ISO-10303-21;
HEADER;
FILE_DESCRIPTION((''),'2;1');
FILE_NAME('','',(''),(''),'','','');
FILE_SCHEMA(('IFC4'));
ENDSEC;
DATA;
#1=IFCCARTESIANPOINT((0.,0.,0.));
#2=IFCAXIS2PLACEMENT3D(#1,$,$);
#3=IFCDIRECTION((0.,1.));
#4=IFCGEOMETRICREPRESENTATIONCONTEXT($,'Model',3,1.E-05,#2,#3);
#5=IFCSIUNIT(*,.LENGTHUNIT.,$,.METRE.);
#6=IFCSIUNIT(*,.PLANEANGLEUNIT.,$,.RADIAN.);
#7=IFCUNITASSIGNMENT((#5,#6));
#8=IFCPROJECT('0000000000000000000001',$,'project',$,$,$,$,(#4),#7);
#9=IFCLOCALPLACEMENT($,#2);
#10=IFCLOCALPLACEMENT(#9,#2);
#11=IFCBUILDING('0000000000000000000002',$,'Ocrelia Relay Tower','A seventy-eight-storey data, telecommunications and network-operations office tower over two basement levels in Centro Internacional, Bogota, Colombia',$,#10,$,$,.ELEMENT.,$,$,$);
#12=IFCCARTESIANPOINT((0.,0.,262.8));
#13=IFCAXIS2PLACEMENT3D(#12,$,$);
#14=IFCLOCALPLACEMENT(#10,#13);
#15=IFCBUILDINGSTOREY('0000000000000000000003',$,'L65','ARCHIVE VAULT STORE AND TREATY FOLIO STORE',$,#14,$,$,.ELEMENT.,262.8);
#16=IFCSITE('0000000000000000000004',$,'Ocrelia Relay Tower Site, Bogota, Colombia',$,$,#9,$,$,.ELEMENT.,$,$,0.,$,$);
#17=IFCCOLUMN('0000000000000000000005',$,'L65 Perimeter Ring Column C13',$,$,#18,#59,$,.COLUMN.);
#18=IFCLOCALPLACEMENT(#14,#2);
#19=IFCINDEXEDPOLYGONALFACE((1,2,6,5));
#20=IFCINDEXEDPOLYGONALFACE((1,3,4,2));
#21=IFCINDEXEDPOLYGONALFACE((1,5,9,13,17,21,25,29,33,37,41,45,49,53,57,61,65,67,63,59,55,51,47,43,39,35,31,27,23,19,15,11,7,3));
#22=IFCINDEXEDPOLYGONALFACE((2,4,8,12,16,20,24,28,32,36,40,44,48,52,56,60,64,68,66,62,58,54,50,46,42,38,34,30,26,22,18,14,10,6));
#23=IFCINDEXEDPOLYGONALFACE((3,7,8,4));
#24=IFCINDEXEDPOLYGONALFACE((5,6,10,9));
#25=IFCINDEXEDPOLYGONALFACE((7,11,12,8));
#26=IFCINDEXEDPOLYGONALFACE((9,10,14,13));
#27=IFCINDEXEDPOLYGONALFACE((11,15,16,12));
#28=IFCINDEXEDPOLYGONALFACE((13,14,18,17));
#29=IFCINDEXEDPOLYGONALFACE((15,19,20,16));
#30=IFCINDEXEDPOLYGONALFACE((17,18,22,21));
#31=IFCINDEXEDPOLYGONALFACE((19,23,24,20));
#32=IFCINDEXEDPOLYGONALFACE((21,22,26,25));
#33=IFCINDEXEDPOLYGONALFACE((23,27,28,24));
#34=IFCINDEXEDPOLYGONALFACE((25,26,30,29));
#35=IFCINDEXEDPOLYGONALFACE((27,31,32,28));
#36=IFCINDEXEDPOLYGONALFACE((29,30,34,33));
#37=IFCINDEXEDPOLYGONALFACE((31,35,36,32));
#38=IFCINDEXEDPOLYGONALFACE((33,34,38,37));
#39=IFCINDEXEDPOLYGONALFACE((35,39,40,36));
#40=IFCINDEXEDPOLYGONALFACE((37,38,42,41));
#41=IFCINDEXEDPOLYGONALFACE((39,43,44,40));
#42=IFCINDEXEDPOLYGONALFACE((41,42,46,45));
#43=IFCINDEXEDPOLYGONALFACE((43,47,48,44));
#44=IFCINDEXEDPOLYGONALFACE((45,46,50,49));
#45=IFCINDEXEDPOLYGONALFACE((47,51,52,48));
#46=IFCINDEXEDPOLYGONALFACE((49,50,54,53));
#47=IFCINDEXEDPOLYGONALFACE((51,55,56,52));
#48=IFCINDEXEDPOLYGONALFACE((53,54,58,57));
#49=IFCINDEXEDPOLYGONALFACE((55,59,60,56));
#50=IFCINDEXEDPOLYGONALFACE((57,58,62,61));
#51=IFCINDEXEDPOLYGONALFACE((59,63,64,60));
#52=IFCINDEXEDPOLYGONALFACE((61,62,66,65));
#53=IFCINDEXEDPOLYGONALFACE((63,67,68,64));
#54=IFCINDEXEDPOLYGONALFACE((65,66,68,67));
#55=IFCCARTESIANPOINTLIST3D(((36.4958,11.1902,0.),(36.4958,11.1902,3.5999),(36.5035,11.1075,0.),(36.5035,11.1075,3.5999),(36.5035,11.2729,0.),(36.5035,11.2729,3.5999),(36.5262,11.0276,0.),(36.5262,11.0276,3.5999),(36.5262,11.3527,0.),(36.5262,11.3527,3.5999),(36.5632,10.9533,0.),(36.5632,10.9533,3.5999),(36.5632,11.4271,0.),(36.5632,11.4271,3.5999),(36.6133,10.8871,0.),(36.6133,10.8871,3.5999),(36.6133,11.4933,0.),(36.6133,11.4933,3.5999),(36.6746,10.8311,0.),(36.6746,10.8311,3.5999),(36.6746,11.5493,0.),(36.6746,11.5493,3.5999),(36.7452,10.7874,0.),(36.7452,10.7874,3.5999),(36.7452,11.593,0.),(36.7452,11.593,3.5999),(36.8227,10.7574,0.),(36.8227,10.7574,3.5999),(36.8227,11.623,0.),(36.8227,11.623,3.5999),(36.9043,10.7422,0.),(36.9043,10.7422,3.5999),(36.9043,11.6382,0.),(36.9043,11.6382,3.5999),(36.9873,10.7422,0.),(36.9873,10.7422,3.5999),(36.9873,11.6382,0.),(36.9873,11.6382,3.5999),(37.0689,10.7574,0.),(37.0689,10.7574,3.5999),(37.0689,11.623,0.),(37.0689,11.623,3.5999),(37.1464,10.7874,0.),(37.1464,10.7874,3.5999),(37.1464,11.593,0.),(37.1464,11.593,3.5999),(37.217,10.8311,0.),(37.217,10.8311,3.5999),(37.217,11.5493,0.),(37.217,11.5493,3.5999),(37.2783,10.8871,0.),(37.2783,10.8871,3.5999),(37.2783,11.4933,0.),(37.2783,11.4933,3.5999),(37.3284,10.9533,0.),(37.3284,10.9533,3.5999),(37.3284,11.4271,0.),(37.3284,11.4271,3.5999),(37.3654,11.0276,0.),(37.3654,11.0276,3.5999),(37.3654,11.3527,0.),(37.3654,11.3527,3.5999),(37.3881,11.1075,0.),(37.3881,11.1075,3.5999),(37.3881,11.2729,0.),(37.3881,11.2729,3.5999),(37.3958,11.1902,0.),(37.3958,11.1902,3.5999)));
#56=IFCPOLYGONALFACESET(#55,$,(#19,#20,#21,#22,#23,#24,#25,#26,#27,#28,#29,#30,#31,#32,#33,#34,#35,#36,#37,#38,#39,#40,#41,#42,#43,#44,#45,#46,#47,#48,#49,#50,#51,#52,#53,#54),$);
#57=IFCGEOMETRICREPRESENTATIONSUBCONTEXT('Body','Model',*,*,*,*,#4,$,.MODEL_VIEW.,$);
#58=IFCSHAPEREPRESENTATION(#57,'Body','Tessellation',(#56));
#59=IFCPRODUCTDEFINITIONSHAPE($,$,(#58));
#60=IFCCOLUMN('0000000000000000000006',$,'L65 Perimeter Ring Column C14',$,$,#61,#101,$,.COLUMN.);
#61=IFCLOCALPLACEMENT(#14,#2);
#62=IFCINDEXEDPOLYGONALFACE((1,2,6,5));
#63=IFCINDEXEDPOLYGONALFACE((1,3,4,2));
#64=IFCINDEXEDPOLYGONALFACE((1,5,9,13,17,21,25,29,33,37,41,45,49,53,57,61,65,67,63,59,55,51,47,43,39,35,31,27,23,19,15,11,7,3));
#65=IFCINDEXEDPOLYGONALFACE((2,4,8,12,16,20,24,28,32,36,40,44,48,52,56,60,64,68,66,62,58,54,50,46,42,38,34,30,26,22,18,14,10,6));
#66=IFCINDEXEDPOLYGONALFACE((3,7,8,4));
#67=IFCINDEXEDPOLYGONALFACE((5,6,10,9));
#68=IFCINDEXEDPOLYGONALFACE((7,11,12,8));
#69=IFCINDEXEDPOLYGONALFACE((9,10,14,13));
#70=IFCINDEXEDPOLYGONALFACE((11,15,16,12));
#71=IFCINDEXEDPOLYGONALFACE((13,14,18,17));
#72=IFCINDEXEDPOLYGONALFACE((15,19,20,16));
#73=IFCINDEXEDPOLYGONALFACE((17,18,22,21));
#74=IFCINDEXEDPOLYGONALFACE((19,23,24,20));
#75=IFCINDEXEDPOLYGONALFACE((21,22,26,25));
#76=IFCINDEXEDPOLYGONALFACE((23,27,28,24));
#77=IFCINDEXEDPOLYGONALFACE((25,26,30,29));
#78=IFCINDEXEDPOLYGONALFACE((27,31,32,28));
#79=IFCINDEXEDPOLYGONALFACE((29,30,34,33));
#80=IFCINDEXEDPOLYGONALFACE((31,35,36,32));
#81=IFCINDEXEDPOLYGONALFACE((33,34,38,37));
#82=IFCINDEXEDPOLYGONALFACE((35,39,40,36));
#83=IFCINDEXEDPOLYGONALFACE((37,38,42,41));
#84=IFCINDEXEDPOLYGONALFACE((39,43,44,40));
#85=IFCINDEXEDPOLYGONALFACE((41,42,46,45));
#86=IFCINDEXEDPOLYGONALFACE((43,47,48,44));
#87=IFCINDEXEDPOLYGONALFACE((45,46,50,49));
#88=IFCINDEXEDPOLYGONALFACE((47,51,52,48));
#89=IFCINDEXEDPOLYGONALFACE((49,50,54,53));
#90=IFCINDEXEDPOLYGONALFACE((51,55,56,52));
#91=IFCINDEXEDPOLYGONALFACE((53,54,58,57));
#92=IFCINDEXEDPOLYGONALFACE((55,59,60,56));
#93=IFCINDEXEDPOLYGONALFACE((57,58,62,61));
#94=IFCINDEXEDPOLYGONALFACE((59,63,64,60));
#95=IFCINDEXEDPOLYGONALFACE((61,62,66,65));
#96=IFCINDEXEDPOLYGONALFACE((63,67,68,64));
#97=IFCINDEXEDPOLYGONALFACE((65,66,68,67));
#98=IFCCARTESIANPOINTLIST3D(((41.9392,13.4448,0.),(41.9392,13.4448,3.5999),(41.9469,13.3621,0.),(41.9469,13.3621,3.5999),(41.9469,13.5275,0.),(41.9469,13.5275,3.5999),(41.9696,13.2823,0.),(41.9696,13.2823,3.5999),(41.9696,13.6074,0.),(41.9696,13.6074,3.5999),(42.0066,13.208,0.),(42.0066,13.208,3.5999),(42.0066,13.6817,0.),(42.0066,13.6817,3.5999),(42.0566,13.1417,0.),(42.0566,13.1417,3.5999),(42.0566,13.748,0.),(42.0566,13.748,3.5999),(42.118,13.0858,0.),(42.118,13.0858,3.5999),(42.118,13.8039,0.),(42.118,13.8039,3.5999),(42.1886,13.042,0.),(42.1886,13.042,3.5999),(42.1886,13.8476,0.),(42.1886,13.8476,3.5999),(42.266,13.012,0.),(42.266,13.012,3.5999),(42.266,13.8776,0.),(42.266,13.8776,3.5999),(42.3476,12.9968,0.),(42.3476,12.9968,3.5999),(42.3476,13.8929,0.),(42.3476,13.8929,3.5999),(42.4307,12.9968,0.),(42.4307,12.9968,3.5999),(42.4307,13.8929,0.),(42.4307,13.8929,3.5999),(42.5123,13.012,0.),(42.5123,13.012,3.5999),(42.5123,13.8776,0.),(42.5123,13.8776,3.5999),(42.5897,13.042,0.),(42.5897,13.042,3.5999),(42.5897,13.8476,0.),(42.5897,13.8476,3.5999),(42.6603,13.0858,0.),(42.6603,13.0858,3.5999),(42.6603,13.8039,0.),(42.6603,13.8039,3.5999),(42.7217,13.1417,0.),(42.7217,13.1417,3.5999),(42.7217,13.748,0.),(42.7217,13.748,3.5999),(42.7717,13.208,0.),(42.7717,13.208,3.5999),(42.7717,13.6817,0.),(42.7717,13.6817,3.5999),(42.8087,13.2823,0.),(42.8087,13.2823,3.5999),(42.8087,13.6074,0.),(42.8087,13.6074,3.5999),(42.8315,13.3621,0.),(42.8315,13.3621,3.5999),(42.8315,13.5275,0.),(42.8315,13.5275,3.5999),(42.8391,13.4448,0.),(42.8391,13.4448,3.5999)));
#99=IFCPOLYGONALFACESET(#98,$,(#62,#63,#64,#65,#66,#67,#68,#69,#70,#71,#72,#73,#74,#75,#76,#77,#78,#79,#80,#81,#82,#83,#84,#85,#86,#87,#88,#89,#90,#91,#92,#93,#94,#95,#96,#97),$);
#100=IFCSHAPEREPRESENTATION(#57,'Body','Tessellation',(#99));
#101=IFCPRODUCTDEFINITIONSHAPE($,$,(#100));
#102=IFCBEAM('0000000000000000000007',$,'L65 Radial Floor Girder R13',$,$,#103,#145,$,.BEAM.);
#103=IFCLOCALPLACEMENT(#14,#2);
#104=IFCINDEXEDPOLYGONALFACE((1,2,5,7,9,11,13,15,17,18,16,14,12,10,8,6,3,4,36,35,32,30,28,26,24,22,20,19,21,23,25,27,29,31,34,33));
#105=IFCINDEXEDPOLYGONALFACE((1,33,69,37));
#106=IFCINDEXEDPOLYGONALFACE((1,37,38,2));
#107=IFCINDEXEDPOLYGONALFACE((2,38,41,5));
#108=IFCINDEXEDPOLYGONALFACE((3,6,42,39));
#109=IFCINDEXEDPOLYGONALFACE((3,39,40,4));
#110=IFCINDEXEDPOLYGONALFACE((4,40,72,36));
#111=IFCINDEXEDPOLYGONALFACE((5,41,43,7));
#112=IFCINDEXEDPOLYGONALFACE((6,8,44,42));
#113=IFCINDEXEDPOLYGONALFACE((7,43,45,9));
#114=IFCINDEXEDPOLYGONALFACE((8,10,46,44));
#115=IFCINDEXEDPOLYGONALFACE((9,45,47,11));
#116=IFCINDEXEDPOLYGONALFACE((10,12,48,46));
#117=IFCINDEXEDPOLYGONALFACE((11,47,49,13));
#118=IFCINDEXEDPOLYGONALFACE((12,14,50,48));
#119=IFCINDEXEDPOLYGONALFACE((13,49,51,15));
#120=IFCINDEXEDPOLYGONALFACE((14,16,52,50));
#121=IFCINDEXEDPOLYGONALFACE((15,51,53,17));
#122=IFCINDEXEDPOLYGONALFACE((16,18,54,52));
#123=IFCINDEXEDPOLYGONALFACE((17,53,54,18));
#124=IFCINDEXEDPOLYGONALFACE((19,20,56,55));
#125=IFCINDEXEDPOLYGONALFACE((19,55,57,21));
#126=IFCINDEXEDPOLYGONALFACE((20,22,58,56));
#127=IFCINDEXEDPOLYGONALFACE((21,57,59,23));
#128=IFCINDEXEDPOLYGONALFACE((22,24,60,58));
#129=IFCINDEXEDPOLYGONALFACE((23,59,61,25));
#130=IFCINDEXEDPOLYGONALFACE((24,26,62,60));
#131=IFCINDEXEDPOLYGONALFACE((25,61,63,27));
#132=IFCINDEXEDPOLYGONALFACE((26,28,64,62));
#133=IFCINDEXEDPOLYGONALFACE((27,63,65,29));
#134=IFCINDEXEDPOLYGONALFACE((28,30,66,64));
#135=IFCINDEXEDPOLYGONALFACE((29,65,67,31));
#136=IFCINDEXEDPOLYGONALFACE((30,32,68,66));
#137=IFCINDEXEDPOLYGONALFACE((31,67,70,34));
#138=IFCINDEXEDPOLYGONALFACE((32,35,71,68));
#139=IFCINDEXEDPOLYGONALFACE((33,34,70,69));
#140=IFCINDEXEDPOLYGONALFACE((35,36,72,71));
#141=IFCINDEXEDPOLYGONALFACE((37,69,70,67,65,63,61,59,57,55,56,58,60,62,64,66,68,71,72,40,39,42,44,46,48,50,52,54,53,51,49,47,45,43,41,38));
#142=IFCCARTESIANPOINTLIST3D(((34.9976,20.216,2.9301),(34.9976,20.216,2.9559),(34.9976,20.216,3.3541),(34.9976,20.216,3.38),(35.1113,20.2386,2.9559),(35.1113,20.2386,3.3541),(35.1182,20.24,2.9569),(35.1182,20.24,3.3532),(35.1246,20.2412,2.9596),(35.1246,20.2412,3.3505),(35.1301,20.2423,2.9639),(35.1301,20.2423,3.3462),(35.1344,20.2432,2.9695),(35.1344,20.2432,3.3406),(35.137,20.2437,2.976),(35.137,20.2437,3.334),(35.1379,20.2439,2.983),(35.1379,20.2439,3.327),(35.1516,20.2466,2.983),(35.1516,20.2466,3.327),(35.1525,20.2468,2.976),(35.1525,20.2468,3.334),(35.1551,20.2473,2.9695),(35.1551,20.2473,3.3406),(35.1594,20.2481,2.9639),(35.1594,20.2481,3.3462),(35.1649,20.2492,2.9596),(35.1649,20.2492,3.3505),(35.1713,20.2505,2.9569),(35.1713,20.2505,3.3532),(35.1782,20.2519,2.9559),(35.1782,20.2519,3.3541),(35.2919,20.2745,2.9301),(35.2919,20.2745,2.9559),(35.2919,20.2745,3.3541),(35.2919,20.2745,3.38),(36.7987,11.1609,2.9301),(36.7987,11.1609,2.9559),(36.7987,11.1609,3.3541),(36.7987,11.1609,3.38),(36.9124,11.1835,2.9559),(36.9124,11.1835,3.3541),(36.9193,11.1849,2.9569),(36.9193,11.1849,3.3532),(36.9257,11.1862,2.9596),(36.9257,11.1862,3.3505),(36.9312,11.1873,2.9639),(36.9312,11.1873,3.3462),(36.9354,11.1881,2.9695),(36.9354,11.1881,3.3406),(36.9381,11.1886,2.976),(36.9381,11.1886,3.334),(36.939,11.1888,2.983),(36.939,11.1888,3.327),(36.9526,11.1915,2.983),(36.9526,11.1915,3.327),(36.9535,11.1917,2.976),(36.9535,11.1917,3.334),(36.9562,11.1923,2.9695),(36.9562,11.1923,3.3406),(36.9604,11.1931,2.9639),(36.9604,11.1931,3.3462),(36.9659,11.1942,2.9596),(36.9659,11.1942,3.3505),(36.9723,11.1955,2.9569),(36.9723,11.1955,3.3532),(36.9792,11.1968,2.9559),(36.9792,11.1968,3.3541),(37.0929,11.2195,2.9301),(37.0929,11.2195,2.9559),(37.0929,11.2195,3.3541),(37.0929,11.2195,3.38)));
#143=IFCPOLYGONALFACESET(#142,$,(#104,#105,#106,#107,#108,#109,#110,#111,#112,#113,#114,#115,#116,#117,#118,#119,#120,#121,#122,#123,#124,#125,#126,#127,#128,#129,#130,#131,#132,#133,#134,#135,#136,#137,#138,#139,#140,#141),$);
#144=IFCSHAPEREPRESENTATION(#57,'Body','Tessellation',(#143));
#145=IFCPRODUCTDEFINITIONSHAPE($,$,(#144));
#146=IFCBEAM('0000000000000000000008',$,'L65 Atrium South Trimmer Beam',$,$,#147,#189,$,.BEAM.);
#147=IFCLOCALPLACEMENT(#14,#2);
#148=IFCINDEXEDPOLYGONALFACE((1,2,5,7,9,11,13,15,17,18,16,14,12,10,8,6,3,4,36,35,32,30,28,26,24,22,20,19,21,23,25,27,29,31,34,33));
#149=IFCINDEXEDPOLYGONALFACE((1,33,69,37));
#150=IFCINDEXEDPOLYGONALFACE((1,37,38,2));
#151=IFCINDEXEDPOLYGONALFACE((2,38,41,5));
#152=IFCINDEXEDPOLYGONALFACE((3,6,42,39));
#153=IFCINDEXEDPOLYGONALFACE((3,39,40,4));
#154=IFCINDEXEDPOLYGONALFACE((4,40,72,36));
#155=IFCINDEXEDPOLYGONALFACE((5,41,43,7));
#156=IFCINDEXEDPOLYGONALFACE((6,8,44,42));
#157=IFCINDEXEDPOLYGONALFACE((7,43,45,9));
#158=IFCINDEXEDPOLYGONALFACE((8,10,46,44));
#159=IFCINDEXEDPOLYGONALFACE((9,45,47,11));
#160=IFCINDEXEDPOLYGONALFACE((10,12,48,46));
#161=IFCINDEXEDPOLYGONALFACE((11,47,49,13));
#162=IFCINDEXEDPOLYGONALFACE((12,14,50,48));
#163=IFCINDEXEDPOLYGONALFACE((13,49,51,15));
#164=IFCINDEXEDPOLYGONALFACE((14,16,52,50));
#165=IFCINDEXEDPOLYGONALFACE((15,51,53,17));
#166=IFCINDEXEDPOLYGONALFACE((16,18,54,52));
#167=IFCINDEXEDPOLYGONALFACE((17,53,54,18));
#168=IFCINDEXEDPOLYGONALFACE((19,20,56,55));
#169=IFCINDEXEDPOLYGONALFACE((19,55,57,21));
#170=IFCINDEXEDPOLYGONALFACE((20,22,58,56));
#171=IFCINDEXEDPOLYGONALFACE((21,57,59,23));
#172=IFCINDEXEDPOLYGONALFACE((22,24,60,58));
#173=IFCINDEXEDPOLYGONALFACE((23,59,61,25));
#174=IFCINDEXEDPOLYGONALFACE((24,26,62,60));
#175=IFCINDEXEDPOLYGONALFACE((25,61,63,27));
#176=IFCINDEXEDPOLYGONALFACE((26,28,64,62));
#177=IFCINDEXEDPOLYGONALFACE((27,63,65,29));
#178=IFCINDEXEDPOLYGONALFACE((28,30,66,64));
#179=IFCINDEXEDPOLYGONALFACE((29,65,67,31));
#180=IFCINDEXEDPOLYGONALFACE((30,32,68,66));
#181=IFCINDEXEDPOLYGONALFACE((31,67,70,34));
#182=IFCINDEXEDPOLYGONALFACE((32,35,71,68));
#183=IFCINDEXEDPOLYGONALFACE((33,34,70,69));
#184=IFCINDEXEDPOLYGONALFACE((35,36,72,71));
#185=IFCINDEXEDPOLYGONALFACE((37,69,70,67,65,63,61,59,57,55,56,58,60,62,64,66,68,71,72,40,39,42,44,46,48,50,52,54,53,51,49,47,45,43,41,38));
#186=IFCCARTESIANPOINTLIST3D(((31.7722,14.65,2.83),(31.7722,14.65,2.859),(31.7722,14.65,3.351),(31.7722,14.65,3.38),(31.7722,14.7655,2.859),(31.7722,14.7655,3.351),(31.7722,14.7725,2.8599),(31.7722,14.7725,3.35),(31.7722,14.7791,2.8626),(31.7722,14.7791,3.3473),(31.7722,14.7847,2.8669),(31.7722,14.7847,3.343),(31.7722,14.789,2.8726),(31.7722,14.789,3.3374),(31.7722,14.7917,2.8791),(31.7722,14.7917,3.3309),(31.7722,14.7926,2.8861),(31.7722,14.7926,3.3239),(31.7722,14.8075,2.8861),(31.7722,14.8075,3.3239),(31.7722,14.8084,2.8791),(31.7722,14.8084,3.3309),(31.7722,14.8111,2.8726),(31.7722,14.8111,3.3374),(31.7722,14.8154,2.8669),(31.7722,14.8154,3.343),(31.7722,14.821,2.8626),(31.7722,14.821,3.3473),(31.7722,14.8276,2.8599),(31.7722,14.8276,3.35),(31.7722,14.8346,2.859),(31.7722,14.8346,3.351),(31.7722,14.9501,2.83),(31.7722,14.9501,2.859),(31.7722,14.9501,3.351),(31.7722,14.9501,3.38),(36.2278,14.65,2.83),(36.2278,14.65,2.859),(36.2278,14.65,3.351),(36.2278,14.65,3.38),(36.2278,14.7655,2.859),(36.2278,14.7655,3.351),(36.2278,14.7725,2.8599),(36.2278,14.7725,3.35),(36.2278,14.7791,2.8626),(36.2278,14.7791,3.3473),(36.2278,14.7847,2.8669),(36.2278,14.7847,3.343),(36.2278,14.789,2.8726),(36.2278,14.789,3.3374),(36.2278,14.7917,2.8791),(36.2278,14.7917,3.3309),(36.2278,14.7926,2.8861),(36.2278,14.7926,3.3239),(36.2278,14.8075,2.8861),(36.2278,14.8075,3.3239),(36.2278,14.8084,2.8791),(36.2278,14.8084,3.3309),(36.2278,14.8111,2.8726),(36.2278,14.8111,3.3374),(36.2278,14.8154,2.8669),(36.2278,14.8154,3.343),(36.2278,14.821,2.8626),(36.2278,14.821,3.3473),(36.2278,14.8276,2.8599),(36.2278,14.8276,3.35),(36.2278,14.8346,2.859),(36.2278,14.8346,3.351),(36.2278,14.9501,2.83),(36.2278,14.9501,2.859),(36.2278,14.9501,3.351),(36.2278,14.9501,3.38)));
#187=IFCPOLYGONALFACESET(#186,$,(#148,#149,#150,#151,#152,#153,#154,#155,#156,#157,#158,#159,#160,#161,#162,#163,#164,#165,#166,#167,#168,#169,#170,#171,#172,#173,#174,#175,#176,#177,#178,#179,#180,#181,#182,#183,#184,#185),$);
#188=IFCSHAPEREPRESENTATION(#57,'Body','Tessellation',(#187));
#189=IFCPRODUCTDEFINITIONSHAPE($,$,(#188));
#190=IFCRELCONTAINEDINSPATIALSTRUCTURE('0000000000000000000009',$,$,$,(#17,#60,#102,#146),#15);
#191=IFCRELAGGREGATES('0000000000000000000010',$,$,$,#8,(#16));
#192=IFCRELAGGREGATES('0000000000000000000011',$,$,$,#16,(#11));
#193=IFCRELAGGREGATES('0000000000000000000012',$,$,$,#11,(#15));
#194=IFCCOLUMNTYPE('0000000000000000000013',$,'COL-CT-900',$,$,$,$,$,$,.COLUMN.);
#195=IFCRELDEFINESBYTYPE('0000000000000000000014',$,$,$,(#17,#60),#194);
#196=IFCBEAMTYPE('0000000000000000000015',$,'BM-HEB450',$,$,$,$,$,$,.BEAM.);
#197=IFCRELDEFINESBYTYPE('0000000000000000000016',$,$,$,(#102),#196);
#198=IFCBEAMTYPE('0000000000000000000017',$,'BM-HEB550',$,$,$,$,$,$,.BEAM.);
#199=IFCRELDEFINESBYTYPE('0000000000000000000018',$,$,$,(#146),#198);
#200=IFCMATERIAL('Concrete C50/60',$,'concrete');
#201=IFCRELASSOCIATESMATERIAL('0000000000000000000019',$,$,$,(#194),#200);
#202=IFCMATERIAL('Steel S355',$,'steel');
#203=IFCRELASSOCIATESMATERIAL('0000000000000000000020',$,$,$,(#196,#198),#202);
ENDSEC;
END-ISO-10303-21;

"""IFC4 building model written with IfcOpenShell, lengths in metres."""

from ifc_helpers import new_model, si_unit, direction, frame, origin, origin_2d, place, context, subcontext, project, spatial, circle, i_section, extrude, material, material_profile, profile_set, type_object, element, save


model = new_model("IFC4")

# Units and contexts
model_context = context("Model", 3, precision=1e-05, world=origin(), true_north=direction((0.0, 1.0)))
body_context = subcontext(model_context, "Body", "Model", "MODEL_VIEW")
ifc_project = project(units=[si_unit("LENGTHUNIT", "METRE"), si_unit("PLANEANGLEUNIT", "RADIAN")], contexts=[model_context])

# Site, building, storey
site_placement = place(None, origin())
site = spatial("IfcSite", under=ifc_project, at=site_placement, Name="Ocrelia Relay Tower Site, Bogota, Colombia", CompositionType="ELEMENT", RefElevation=0.0)
building_placement = place(site_placement, origin())
building = spatial("IfcBuilding", under=site, at=building_placement, Name="Ocrelia Relay Tower", Description="A seventy-eight-storey data, telecommunications and network-operations office tower over two basement levels in Centro Internacional, Bogota, Colombia", CompositionType="ELEMENT")
storey_placement = place(building_placement, frame((0.0, 0.0, 262.8)))
storey = spatial("IfcBuildingStorey", under=building, at=storey_placement, Name="L65", Description="ARCHIVE VAULT STORE AND TREATY FOLIO STORE", CompositionType="ELEMENT", Elevation=262.8)

# Columns
ifc_material_1 = material(Name="Concrete C50/60", Category="concrete")
ifc_material_profile_1 = material_profile(ifc_material_1, circle(Radius=0.45, at=origin_2d()), Name="RC-CIR-900")
ifc_profile_set_1 = profile_set([ifc_material_profile_1], Name="Concrete C50/60")
column_type = type_object("IfcColumnType", Name="COL-CT-900", PredefinedType="COLUMN", material=ifc_profile_set_1)
for number, where, z_axis, x_axis, name in (
    (1, (36.9458, 11.1902, 0.0), (0.0, 0.0, 1.0), (1.0, 0.0, 0.0), "L65 Perimeter Ring Column C13"),
    (2, (42.3892, 13.4448, 0.0), (0.0, 0.0, 1.0), (1.0, 0.0, 0.0), "L65 Perimeter Ring Column C14"),
):
    element("IfcColumn", number, at=place(storey_placement, frame(where, z_axis=z_axis, x_axis=x_axis)), inside=storey, type_object=column_type, Name=name, PredefinedType="COLUMN", context=body_context, shape_type="SweptSolid", body=[
        extrude(circle(Radius=0.45, at=origin_2d()), origin(), (0.0, 0.0, 1.0), 3.5999),
    ])

# Beams
ifc_material_2 = material(Name="Steel S355", Category="steel")
ifc_material_profile_2 = material_profile(ifc_material_2, i_section(OverallWidth=0.3, OverallDepth=0.45, WebThickness=0.0139, FlangeThickness=0.0259, FilletRadius=0.0271, at=origin_2d()), Name="HEB 450")
ifc_profile_set_2 = profile_set([ifc_material_profile_2], Name="Steel S355")
beam_type_1 = type_object("IfcBeamType", Name="BM-HEB450", PredefinedType="BEAM", material=ifc_profile_set_2)
beam_1_placement = place(storey_placement, frame((36.9458, 11.1902, 3.155), z_axis=(-0.195079, 0.980788, 0.0), x_axis=(-0.980788, -0.195079, 0.0)))
element("IfcBeam", 3, at=beam_1_placement, inside=storey, type_object=beam_type_1, Name="L65 Radial Floor Girder R13", PredefinedType="BEAM", context=body_context, shape_type="SweptSolid", body=[
    extrude(i_section(OverallWidth=0.3, OverallDepth=0.45, WebThickness=0.0139, FlangeThickness=0.0259, FilletRadius=0.0271, at=origin_2d()), origin(), (0.0, 0.0, 1.0), 9.2324),
])
ifc_material_profile_3 = material_profile(ifc_material_2, i_section(OverallWidth=0.3, OverallDepth=0.55, WebThickness=0.0149, FlangeThickness=0.0291, FilletRadius=0.0271, at=origin_2d()), Name="HEB 550")
ifc_profile_set_3 = profile_set([ifc_material_profile_3], Name="Steel S355")
beam_type_2 = type_object("IfcBeamType", Name="BM-HEB550", PredefinedType="BEAM", material=ifc_profile_set_3)
beam_2_placement = place(storey_placement, frame((31.7722, 14.8, 3.105), z_axis=(1.0, 0.0, 0.0), x_axis=(0.0, 1.0, 0.0)))
element("IfcBeam", 4, at=beam_2_placement, inside=storey, type_object=beam_type_2, Name="L65 Atrium South Trimmer Beam", PredefinedType="BEAM", context=body_context, shape_type="SweptSolid", body=[
    extrude(i_section(OverallWidth=0.3, OverallDepth=0.55, WebThickness=0.0149, FlangeThickness=0.0291, FilletRadius=0.0271, at=origin_2d()), origin(), (0.0, 0.0, 1.0), 4.4556),
])

save(model, "model.ifc")
